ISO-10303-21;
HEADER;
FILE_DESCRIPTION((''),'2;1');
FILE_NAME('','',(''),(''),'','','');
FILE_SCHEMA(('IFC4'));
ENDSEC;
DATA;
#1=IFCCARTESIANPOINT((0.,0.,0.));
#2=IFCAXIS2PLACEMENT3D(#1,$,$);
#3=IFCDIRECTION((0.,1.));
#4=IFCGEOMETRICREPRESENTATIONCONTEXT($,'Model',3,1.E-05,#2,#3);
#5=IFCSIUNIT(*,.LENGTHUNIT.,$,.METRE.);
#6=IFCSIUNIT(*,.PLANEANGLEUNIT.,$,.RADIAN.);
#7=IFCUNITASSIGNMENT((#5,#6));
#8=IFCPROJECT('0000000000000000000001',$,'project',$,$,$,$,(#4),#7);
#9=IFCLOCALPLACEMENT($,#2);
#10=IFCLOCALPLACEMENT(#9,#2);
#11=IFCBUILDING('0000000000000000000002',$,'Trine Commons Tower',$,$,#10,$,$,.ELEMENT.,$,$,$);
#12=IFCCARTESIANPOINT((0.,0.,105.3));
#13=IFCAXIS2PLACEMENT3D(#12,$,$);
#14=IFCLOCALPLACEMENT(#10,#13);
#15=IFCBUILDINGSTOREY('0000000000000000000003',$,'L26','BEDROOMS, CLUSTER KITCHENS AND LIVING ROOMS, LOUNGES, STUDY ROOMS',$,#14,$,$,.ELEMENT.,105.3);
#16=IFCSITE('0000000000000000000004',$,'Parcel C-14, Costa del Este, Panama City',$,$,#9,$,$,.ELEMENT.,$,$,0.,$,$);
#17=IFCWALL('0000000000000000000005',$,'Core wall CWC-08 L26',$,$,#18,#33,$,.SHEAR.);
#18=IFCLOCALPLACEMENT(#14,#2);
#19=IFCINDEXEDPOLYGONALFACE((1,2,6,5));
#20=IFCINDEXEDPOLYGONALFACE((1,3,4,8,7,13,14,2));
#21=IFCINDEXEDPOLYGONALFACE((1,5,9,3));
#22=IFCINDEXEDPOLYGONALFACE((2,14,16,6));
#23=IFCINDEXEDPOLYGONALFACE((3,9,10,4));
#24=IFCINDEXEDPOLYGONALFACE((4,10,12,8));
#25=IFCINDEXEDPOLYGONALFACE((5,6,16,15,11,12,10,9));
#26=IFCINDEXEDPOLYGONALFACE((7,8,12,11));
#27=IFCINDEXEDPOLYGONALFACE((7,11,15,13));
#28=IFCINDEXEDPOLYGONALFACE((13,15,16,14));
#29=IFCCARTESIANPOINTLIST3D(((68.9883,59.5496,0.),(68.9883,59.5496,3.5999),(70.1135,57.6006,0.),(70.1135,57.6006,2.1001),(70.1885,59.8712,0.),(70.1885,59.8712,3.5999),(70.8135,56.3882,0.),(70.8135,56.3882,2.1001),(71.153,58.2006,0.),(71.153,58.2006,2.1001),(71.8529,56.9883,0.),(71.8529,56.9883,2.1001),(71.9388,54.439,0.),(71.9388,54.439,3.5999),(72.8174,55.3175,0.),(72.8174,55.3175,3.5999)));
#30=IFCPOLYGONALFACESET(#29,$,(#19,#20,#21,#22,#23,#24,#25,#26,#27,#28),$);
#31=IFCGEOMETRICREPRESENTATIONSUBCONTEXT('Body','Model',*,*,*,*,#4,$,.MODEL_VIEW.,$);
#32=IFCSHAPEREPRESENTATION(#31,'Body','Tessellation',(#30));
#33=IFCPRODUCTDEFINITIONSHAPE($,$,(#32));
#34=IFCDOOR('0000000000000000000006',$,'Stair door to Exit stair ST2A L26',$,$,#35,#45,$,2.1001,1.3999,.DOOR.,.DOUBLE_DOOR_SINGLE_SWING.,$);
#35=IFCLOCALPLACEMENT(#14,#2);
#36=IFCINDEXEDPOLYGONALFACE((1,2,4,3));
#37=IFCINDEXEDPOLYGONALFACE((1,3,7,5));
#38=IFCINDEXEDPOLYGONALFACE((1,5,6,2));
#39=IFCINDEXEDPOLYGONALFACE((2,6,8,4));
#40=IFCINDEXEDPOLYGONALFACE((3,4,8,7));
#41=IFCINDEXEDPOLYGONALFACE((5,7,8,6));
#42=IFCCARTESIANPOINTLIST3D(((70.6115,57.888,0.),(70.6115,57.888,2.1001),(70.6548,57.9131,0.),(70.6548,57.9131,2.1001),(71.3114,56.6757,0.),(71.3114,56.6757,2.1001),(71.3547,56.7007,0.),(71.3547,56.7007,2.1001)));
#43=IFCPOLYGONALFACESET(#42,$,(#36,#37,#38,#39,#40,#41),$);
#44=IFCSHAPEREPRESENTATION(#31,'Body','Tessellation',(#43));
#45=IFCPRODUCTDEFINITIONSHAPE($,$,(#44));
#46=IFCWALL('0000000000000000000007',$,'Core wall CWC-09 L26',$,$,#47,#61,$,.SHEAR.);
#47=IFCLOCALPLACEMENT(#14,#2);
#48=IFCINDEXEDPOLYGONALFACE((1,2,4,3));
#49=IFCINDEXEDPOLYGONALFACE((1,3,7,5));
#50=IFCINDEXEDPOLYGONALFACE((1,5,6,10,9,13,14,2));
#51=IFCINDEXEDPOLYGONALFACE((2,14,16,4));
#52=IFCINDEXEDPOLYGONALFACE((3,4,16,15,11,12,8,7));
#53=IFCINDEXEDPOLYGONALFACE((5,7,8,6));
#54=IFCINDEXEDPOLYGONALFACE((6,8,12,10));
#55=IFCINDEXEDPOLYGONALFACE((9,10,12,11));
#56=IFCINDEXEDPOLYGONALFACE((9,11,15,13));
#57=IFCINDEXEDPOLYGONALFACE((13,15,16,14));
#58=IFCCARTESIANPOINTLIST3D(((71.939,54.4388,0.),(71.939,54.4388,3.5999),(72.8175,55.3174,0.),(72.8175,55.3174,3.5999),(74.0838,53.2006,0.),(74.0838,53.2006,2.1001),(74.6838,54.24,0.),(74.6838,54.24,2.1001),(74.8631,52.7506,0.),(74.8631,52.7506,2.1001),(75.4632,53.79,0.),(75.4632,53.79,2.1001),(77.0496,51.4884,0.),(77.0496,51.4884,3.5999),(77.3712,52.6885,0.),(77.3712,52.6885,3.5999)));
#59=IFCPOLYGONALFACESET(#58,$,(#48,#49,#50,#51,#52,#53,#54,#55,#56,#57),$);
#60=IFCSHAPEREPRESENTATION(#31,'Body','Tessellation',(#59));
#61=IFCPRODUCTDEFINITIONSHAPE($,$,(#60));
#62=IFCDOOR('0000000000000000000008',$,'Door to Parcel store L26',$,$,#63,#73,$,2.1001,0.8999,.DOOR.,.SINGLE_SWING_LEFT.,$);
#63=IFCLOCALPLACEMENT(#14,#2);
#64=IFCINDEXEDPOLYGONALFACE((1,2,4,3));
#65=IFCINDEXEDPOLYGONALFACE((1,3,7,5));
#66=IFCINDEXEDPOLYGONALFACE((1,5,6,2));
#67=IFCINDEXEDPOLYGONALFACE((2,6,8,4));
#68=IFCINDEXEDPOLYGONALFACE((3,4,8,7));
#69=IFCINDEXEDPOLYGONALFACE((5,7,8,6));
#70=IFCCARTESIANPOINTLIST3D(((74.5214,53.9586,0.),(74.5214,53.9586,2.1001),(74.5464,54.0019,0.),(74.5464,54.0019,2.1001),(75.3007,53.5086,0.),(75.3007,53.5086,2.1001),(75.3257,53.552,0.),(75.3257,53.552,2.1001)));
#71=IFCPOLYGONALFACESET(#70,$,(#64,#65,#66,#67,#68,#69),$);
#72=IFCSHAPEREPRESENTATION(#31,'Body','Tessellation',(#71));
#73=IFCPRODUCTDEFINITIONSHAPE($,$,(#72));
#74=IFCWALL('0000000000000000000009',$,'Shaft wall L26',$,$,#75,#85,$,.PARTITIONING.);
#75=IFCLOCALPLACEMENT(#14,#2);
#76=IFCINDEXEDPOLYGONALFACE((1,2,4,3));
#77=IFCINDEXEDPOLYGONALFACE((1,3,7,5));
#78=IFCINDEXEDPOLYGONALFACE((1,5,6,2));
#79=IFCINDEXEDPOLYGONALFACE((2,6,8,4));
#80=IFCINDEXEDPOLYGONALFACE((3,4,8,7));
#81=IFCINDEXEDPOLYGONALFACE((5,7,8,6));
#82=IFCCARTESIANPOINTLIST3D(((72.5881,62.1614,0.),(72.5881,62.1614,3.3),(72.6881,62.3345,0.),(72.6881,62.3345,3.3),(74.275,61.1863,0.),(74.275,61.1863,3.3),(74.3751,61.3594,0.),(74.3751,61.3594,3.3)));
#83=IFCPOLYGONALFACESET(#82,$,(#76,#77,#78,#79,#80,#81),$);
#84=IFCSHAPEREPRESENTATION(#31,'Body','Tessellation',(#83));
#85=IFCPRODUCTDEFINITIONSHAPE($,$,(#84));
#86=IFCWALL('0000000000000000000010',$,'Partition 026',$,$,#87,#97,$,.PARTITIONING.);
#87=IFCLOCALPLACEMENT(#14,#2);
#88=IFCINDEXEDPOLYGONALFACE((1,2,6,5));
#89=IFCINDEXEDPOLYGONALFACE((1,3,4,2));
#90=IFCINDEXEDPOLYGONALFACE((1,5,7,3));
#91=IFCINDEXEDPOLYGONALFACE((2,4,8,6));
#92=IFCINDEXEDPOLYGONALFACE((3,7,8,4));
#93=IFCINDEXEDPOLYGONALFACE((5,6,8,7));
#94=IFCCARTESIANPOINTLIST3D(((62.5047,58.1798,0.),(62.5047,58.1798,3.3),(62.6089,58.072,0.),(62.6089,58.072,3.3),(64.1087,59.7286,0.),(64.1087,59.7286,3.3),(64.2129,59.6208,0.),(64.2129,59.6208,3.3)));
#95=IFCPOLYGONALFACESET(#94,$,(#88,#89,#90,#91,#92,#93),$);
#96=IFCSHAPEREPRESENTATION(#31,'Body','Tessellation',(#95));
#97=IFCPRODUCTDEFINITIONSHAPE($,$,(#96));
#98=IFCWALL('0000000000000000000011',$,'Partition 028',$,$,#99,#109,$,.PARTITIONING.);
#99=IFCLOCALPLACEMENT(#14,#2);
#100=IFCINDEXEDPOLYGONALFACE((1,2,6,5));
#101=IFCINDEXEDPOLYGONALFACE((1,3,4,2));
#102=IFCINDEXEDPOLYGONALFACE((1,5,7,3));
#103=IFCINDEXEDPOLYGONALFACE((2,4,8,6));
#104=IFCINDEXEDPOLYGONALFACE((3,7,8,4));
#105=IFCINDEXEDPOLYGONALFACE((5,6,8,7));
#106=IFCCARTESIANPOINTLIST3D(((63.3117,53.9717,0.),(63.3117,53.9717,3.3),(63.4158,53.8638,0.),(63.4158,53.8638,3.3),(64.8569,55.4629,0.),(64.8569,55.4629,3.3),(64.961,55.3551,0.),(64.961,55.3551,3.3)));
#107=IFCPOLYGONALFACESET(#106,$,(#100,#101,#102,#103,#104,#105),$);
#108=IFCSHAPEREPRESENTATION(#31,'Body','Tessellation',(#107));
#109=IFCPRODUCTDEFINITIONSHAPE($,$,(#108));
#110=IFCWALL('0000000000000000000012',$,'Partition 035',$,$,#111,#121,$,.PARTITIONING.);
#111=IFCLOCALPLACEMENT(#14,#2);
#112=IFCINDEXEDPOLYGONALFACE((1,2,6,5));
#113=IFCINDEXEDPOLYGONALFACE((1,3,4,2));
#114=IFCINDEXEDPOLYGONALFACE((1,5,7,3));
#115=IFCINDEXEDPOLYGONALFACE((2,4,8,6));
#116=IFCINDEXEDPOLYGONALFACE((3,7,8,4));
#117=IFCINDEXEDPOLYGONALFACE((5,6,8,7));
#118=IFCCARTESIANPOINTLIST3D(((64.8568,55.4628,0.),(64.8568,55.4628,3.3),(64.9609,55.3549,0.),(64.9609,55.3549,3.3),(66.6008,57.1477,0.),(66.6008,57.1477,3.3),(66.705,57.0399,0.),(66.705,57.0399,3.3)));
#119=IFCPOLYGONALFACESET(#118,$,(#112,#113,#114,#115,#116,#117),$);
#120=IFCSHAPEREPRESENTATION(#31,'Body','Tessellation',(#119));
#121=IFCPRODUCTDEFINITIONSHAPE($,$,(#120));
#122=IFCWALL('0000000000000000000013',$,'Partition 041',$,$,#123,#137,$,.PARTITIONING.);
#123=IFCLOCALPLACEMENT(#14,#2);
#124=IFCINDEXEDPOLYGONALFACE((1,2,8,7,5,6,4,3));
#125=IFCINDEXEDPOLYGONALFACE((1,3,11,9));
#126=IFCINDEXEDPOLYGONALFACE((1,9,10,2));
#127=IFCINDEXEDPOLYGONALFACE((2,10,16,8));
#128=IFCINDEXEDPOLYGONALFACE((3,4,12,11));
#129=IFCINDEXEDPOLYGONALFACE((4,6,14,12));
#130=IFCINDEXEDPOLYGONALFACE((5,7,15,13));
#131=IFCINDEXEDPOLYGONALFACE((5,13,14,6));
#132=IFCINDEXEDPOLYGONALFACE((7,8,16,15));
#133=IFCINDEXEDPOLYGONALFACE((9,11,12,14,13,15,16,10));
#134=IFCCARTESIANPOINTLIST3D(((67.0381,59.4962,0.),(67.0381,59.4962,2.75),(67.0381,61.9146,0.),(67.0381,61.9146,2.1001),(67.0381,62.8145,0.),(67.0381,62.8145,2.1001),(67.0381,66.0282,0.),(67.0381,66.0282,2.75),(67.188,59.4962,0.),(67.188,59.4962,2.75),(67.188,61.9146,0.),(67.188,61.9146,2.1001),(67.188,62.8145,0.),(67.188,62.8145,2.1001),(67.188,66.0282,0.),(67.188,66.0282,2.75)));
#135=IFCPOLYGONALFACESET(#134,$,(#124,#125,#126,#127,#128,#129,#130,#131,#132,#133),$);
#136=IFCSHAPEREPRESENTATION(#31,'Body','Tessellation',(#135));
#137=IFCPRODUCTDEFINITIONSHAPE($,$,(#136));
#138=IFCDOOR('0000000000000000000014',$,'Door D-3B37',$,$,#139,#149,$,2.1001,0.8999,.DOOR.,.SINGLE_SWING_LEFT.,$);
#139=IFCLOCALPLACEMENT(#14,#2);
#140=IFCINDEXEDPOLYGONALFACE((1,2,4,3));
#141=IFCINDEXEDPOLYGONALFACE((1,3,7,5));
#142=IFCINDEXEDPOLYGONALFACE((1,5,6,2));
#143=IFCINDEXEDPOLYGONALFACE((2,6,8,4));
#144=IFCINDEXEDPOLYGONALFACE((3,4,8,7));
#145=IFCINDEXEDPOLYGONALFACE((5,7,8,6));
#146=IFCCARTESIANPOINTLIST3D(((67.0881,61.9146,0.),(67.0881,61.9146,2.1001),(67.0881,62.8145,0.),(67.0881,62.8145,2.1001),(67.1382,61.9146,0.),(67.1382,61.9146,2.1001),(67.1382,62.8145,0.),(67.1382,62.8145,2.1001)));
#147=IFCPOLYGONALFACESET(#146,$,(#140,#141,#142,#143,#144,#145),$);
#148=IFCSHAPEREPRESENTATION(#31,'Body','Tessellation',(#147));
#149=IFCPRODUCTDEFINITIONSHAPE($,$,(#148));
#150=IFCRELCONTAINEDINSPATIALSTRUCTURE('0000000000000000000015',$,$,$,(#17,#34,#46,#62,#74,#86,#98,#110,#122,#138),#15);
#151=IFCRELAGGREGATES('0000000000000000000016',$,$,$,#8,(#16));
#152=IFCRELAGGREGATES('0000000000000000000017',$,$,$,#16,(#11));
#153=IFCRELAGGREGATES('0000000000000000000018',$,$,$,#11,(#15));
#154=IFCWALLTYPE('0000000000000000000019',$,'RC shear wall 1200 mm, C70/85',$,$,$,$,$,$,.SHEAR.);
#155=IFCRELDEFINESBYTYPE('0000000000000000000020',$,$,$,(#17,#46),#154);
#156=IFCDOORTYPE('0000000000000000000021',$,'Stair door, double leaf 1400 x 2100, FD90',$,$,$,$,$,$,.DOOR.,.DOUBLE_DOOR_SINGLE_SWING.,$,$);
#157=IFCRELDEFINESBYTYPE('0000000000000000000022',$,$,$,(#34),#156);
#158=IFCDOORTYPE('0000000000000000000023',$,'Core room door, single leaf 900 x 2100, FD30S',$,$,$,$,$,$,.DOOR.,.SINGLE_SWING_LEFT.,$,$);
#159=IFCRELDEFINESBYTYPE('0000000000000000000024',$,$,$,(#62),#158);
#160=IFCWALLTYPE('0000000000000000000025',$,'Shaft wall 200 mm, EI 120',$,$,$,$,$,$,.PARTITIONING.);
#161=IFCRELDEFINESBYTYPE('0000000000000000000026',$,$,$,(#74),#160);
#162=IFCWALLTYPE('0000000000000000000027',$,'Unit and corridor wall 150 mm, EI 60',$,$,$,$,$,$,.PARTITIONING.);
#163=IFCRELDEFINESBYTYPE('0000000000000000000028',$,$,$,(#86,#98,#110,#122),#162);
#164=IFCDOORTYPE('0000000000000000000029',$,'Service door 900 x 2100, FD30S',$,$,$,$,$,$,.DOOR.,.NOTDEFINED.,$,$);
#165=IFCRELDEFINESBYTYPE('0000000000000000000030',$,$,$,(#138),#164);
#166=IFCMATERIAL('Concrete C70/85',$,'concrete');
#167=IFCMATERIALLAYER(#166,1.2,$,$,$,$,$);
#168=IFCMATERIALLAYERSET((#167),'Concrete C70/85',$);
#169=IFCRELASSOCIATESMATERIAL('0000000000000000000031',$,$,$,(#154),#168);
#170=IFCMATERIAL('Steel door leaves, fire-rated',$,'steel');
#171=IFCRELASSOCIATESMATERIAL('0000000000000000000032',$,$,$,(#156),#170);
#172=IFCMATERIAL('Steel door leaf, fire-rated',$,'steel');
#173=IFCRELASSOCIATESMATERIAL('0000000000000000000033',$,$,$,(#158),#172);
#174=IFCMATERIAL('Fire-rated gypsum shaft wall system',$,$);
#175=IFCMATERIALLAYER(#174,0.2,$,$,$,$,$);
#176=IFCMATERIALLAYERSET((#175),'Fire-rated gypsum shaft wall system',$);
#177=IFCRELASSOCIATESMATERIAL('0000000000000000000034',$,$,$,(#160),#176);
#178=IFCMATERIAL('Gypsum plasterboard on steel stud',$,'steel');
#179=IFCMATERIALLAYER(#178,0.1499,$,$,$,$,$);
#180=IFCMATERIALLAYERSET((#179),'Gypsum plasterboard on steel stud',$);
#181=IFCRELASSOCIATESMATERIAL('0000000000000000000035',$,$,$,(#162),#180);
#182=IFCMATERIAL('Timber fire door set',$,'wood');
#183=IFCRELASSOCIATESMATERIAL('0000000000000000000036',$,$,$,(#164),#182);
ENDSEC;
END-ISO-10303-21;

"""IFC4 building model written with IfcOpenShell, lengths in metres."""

from ifc_helpers import new_model, si_unit, direction, frame, frame_2d, origin, place, context, subcontext, project, spatial, polyline, rectangle, outline, extrude, material, layer, layer_set, type_object, element, fill, save


model = new_model("IFC4")

# Units and contexts
model_context = context("Model", 3, precision=1e-05, world=origin(), true_north=direction((0.0, 1.0)))
body_context = subcontext(model_context, "Body", "Model", "MODEL_VIEW")
ifc_project = project(units=[si_unit("LENGTHUNIT", "METRE"), si_unit("PLANEANGLEUNIT", "RADIAN")], contexts=[model_context])

# Site, building, storey
site_placement = place(None, origin())
site = spatial("IfcSite", under=ifc_project, at=site_placement, Name="Parcel C-14, Costa del Este, Panama City", CompositionType="ELEMENT", RefElevation=0.0)
building_placement = place(site_placement, origin())
building = spatial("IfcBuilding", under=site, at=building_placement, Name="Trine Commons Tower", CompositionType="ELEMENT")
storey_placement = place(building_placement, frame((0.0, 0.0, 105.3)))
storey = spatial("IfcBuildingStorey", under=building, at=storey_placement, Name="L26", Description="BEDROOMS, CLUSTER KITCHENS AND LIVING ROOMS, LOUNGES, STUDY ROOMS", CompositionType="ELEMENT", Elevation=105.3)

# Walls, openings, doors
ifc_material_1 = material(Name="Concrete C70/85", Category="concrete")
ifc_layer_1 = layer(ifc_material_1, 1.2)
ifc_layer_set_1 = layer_set([ifc_layer_1], Name="Concrete C70/85")
wall_type_1 = type_object("IfcWallType", Name="RC shear wall 1200 mm, C70/85", PredefinedType="SHEAR", material=ifc_layer_set_1)
wall_1_placement = place(storey_placement, frame((69.5081, 59.8496, 0.0), z_axis=(0.0, 0.0, 1.0), x_axis=(0.499979, -0.866037, 0.0)))
wall_1 = element("IfcWall", 1, at=wall_1_placement, inside=storey, type_object=wall_type_1, Name="Core wall CWC-08 L26", PredefinedType="SHEAR", context=body_context, shape_type="SweptSolid", body=[
    extrude(outline(polyline([(0.0, -0.6001), (5.9011, -0.6001), (5.5796, 0.6001), (0.3215, 0.6001), (0.0, -0.6001)])), origin(), (0.0, 0.0, 1.0), 3.5999),
])
opening_1_placement = place(wall_1_placement, frame((2.2505, 0.0, 0.0)))
opening_1 = element("IfcOpeningElement", 2, at=opening_1_placement, cuts=wall_1, PredefinedType="OPENING", context=body_context, shape_type="SweptSolid", body=[
    extrude(rectangle(XDim=1.3999, YDim=2.1001, at=frame_2d((0.7, 1.05))), frame((0.0, 0.6099, 0.0), z_axis=(0.0, -1.0, 0.0), x_axis=(1.0, 0.0, 0.0)), (0.0, 0.0, 1.0), 1.22),
])
ifc_material_2 = material(Name="Steel door leaves, fire-rated", Category="steel")
door_type_1 = type_object("IfcDoorType", Name="Stair door, double leaf 1400 x 2100, FD90", OperationType="DOUBLE_DOOR_SINGLE_SWING", PredefinedType="DOOR", material=ifc_material_2)
door_1_placement = place(opening_1_placement, origin())
door_1 = element("IfcDoor", 3, at=door_1_placement, inside=storey, type_object=door_type_1, Name="Stair door to Exit stair ST2A L26", OperationType="DOUBLE_DOOR_SINGLE_SWING", OverallHeight=2.1001, OverallWidth=1.3999, PredefinedType="DOOR", context=body_context, shape_type="SweptSolid", body=[
    extrude(rectangle(XDim=1.3999, YDim=2.1001, at=frame_2d((0.7, 1.05))), frame((0.0, 0.0249, 0.0), z_axis=(0.0, -1.0, 0.0), x_axis=(1.0, 0.0, 0.0)), (0.0, 0.0, 1.0), 0.05),
])
fill(opening_1, door_1)
wall_2_placement = place(storey_placement, frame((72.239, 54.9585, 0.0), z_axis=(0.0, 0.0, 1.0), x_axis=(0.866037, -0.499979, 0.0)))
wall_2 = element("IfcWall", 4, at=wall_2_placement, inside=storey, type_object=wall_type_1, Name="Core wall CWC-09 L26", PredefinedType="SHEAR", context=body_context, shape_type="SweptSolid", body=[
    extrude(outline(polyline([(0.0, -0.6001), (5.9011, -0.6001), (5.5796, 0.6001), (0.3215, 0.6001), (0.0, -0.6001)])), origin(), (0.0, 0.0, 1.0), 3.5999),
])
opening_2_placement = place(wall_2_placement, frame((2.4766, 0.0, 0.0)))
opening_2 = element("IfcOpeningElement", 5, at=opening_2_placement, cuts=wall_2, PredefinedType="OPENING", context=body_context, shape_type="SweptSolid", body=[
    extrude(rectangle(XDim=0.8999, YDim=2.1001, at=frame_2d((0.45, 1.05))), frame((0.0, 0.6099, 0.0), z_axis=(0.0, -1.0, 0.0), x_axis=(1.0, 0.0, 0.0)), (0.0, 0.0, 1.0), 1.22),
])
ifc_material_3 = material(Name="Steel door leaf, fire-rated", Category="steel")
door_type_2 = type_object("IfcDoorType", Name="Core room door, single leaf 900 x 2100, FD30S", OperationType="SINGLE_SWING_LEFT", PredefinedType="DOOR", material=ifc_material_3)
door_2_placement = place(opening_2_placement, origin())
door_2 = element("IfcDoor", 6, at=door_2_placement, inside=storey, type_object=door_type_2, Name="Door to Parcel store L26", OperationType="SINGLE_SWING_LEFT", OverallHeight=2.1001, OverallWidth=0.8999, PredefinedType="DOOR", context=body_context, shape_type="SweptSolid", body=[
    extrude(rectangle(XDim=0.8999, YDim=2.1001, at=frame_2d((0.45, 1.05))), frame((0.0, 0.3252, 0.0), z_axis=(0.0, -1.0, 0.0), x_axis=(1.0, 0.0, 0.0)), (0.0, 0.0, 1.0), 0.05),
])
fill(opening_2, door_2)

# Walls
ifc_material_4 = material(Name="Fire-rated gypsum shaft wall system")
ifc_layer_2 = layer(ifc_material_4, 0.2)
ifc_layer_set_2 = layer_set([ifc_layer_2], Name="Fire-rated gypsum shaft wall system")
wall_type_2 = type_object("IfcWallType", Name="Shaft wall 200 mm, EI 120", PredefinedType="PARTITIONING", material=ifc_layer_set_2)
wall_3_placement = place(storey_placement, frame((74.325, 61.2729, 0.0), z_axis=(0.0, 0.0, 1.0), x_axis=(-0.865781, 0.500424, 0.0)))
element("IfcWall", 7, at=wall_3_placement, inside=storey, type_object=wall_type_2, Name="Shaft wall L26", PredefinedType="PARTITIONING", context=body_context, shape_type="SweptSolid", body=[
    extrude(rectangle(XDim=1.9485, YDim=0.2, at=frame_2d((0.9741, 0.0))), origin(), (0.0, 0.0, 1.0), 3.3),
])
ifc_material_5 = material(Name="Gypsum plasterboard on steel stud", Category="steel")
ifc_layer_3 = layer(ifc_material_5, 0.1499)
ifc_layer_set_3 = layer_set([ifc_layer_3], Name="Gypsum plasterboard on steel stud")
wall_type_3 = type_object("IfcWallType", Name="Unit and corridor wall 150 mm, EI 60", PredefinedType="PARTITIONING", material=ifc_layer_set_3)
wall_4_placement = place(storey_placement, frame((62.5569, 58.126, 0.0), z_axis=(0.0, 0.0, 1.0), x_axis=(0.719371, 0.694626, 0.0)))
element("IfcWall", 8, at=wall_4_placement, inside=storey, type_object=wall_type_3, Name="Partition 026", PredefinedType="PARTITIONING", context=body_context, shape_type="SweptSolid", body=[
    extrude(rectangle(XDim=2.2297, YDim=0.1499, at=frame_2d((1.1147, 0.0))), origin(), (0.0, 0.0, 1.0), 3.3),
])
wall_5_placement = place(storey_placement, frame((63.3638, 53.9177, 0.0), z_axis=(0.0, 0.0, 1.0), x_axis=(0.719558, 0.694432, 0.0)))
element("IfcWall", 9, at=wall_5_placement, inside=storey, type_object=wall_type_3, Name="Partition 028", PredefinedType="PARTITIONING", context=body_context, shape_type="SweptSolid", body=[
    extrude(rectangle(XDim=2.1475, YDim=0.1499, at=frame_2d((1.0737, 0.0))), origin(), (0.0, 0.0, 1.0), 3.3),
])
wall_6_placement = place(storey_placement, frame((64.9089, 55.4089, 0.0), z_axis=(0.0, 0.0, 1.0), x_axis=(0.719183, 0.694821, 0.0)))
element("IfcWall", 10, at=wall_6_placement, inside=storey, type_object=wall_type_3, Name="Partition 035", PredefinedType="PARTITIONING", context=body_context, shape_type="SweptSolid", body=[
    extrude(rectangle(XDim=2.425, YDim=0.1499, at=frame_2d((1.2124, 0.0))), origin(), (0.0, 0.0, 1.0), 3.3),
])

# Wall, opening, door
wall_7_placement = place(storey_placement, frame((67.113, 59.4961, 0.0), z_axis=(0.0, 0.0, 1.0), x_axis=(0.0, 1.0, 0.0)))
wall_7 = element("IfcWall", 11, at=wall_7_placement, inside=storey, type_object=wall_type_3, Name="Partition 041", PredefinedType="PARTITIONING", context=body_context, shape_type="SweptSolid", body=[
    extrude(rectangle(XDim=6.532, YDim=0.1499, at=frame_2d((3.2661, 0.0))), origin(), (0.0, 0.0, 1.0), 2.75),
])
opening_3_placement = place(wall_7_placement, frame((2.4185, 0.0, 0.0)))
opening_3 = element("IfcOpeningElement", 12, at=opening_3_placement, cuts=wall_7, PredefinedType="OPENING", context=body_context, shape_type="SweptSolid", body=[
    extrude(rectangle(XDim=0.8999, YDim=2.1001, at=frame_2d((0.45, 1.05))), frame((0.0, 0.085, 0.0), z_axis=(0.0, -1.0, 0.0), x_axis=(1.0, 0.0, 0.0)), (0.0, 0.0, 1.0), 0.1699),
])
ifc_material_6 = material(Name="Timber fire door set", Category="wood")
door_type_3 = type_object("IfcDoorType", Name="Service door 900 x 2100, FD30S", OperationType="NOTDEFINED", PredefinedType="DOOR", material=ifc_material_6)
door_3_placement = place(opening_3_placement, origin())
door_3 = element("IfcDoor", 13, at=door_3_placement, inside=storey, type_object=door_type_3, Name="Door D-3B37", OperationType="SINGLE_SWING_LEFT", OverallHeight=2.1001, OverallWidth=0.8999, PredefinedType="DOOR", context=body_context, shape_type="SweptSolid", body=[
    extrude(rectangle(XDim=0.8999, YDim=2.1001, at=frame_2d((0.45, 1.05))), frame((0.0, 0.0249, 0.0), z_axis=(0.0, -1.0, 0.0), x_axis=(1.0, 0.0, 0.0)), (0.0, 0.0, 1.0), 0.05),
])
fill(opening_3, door_3)

save(model, "model.ifc")
